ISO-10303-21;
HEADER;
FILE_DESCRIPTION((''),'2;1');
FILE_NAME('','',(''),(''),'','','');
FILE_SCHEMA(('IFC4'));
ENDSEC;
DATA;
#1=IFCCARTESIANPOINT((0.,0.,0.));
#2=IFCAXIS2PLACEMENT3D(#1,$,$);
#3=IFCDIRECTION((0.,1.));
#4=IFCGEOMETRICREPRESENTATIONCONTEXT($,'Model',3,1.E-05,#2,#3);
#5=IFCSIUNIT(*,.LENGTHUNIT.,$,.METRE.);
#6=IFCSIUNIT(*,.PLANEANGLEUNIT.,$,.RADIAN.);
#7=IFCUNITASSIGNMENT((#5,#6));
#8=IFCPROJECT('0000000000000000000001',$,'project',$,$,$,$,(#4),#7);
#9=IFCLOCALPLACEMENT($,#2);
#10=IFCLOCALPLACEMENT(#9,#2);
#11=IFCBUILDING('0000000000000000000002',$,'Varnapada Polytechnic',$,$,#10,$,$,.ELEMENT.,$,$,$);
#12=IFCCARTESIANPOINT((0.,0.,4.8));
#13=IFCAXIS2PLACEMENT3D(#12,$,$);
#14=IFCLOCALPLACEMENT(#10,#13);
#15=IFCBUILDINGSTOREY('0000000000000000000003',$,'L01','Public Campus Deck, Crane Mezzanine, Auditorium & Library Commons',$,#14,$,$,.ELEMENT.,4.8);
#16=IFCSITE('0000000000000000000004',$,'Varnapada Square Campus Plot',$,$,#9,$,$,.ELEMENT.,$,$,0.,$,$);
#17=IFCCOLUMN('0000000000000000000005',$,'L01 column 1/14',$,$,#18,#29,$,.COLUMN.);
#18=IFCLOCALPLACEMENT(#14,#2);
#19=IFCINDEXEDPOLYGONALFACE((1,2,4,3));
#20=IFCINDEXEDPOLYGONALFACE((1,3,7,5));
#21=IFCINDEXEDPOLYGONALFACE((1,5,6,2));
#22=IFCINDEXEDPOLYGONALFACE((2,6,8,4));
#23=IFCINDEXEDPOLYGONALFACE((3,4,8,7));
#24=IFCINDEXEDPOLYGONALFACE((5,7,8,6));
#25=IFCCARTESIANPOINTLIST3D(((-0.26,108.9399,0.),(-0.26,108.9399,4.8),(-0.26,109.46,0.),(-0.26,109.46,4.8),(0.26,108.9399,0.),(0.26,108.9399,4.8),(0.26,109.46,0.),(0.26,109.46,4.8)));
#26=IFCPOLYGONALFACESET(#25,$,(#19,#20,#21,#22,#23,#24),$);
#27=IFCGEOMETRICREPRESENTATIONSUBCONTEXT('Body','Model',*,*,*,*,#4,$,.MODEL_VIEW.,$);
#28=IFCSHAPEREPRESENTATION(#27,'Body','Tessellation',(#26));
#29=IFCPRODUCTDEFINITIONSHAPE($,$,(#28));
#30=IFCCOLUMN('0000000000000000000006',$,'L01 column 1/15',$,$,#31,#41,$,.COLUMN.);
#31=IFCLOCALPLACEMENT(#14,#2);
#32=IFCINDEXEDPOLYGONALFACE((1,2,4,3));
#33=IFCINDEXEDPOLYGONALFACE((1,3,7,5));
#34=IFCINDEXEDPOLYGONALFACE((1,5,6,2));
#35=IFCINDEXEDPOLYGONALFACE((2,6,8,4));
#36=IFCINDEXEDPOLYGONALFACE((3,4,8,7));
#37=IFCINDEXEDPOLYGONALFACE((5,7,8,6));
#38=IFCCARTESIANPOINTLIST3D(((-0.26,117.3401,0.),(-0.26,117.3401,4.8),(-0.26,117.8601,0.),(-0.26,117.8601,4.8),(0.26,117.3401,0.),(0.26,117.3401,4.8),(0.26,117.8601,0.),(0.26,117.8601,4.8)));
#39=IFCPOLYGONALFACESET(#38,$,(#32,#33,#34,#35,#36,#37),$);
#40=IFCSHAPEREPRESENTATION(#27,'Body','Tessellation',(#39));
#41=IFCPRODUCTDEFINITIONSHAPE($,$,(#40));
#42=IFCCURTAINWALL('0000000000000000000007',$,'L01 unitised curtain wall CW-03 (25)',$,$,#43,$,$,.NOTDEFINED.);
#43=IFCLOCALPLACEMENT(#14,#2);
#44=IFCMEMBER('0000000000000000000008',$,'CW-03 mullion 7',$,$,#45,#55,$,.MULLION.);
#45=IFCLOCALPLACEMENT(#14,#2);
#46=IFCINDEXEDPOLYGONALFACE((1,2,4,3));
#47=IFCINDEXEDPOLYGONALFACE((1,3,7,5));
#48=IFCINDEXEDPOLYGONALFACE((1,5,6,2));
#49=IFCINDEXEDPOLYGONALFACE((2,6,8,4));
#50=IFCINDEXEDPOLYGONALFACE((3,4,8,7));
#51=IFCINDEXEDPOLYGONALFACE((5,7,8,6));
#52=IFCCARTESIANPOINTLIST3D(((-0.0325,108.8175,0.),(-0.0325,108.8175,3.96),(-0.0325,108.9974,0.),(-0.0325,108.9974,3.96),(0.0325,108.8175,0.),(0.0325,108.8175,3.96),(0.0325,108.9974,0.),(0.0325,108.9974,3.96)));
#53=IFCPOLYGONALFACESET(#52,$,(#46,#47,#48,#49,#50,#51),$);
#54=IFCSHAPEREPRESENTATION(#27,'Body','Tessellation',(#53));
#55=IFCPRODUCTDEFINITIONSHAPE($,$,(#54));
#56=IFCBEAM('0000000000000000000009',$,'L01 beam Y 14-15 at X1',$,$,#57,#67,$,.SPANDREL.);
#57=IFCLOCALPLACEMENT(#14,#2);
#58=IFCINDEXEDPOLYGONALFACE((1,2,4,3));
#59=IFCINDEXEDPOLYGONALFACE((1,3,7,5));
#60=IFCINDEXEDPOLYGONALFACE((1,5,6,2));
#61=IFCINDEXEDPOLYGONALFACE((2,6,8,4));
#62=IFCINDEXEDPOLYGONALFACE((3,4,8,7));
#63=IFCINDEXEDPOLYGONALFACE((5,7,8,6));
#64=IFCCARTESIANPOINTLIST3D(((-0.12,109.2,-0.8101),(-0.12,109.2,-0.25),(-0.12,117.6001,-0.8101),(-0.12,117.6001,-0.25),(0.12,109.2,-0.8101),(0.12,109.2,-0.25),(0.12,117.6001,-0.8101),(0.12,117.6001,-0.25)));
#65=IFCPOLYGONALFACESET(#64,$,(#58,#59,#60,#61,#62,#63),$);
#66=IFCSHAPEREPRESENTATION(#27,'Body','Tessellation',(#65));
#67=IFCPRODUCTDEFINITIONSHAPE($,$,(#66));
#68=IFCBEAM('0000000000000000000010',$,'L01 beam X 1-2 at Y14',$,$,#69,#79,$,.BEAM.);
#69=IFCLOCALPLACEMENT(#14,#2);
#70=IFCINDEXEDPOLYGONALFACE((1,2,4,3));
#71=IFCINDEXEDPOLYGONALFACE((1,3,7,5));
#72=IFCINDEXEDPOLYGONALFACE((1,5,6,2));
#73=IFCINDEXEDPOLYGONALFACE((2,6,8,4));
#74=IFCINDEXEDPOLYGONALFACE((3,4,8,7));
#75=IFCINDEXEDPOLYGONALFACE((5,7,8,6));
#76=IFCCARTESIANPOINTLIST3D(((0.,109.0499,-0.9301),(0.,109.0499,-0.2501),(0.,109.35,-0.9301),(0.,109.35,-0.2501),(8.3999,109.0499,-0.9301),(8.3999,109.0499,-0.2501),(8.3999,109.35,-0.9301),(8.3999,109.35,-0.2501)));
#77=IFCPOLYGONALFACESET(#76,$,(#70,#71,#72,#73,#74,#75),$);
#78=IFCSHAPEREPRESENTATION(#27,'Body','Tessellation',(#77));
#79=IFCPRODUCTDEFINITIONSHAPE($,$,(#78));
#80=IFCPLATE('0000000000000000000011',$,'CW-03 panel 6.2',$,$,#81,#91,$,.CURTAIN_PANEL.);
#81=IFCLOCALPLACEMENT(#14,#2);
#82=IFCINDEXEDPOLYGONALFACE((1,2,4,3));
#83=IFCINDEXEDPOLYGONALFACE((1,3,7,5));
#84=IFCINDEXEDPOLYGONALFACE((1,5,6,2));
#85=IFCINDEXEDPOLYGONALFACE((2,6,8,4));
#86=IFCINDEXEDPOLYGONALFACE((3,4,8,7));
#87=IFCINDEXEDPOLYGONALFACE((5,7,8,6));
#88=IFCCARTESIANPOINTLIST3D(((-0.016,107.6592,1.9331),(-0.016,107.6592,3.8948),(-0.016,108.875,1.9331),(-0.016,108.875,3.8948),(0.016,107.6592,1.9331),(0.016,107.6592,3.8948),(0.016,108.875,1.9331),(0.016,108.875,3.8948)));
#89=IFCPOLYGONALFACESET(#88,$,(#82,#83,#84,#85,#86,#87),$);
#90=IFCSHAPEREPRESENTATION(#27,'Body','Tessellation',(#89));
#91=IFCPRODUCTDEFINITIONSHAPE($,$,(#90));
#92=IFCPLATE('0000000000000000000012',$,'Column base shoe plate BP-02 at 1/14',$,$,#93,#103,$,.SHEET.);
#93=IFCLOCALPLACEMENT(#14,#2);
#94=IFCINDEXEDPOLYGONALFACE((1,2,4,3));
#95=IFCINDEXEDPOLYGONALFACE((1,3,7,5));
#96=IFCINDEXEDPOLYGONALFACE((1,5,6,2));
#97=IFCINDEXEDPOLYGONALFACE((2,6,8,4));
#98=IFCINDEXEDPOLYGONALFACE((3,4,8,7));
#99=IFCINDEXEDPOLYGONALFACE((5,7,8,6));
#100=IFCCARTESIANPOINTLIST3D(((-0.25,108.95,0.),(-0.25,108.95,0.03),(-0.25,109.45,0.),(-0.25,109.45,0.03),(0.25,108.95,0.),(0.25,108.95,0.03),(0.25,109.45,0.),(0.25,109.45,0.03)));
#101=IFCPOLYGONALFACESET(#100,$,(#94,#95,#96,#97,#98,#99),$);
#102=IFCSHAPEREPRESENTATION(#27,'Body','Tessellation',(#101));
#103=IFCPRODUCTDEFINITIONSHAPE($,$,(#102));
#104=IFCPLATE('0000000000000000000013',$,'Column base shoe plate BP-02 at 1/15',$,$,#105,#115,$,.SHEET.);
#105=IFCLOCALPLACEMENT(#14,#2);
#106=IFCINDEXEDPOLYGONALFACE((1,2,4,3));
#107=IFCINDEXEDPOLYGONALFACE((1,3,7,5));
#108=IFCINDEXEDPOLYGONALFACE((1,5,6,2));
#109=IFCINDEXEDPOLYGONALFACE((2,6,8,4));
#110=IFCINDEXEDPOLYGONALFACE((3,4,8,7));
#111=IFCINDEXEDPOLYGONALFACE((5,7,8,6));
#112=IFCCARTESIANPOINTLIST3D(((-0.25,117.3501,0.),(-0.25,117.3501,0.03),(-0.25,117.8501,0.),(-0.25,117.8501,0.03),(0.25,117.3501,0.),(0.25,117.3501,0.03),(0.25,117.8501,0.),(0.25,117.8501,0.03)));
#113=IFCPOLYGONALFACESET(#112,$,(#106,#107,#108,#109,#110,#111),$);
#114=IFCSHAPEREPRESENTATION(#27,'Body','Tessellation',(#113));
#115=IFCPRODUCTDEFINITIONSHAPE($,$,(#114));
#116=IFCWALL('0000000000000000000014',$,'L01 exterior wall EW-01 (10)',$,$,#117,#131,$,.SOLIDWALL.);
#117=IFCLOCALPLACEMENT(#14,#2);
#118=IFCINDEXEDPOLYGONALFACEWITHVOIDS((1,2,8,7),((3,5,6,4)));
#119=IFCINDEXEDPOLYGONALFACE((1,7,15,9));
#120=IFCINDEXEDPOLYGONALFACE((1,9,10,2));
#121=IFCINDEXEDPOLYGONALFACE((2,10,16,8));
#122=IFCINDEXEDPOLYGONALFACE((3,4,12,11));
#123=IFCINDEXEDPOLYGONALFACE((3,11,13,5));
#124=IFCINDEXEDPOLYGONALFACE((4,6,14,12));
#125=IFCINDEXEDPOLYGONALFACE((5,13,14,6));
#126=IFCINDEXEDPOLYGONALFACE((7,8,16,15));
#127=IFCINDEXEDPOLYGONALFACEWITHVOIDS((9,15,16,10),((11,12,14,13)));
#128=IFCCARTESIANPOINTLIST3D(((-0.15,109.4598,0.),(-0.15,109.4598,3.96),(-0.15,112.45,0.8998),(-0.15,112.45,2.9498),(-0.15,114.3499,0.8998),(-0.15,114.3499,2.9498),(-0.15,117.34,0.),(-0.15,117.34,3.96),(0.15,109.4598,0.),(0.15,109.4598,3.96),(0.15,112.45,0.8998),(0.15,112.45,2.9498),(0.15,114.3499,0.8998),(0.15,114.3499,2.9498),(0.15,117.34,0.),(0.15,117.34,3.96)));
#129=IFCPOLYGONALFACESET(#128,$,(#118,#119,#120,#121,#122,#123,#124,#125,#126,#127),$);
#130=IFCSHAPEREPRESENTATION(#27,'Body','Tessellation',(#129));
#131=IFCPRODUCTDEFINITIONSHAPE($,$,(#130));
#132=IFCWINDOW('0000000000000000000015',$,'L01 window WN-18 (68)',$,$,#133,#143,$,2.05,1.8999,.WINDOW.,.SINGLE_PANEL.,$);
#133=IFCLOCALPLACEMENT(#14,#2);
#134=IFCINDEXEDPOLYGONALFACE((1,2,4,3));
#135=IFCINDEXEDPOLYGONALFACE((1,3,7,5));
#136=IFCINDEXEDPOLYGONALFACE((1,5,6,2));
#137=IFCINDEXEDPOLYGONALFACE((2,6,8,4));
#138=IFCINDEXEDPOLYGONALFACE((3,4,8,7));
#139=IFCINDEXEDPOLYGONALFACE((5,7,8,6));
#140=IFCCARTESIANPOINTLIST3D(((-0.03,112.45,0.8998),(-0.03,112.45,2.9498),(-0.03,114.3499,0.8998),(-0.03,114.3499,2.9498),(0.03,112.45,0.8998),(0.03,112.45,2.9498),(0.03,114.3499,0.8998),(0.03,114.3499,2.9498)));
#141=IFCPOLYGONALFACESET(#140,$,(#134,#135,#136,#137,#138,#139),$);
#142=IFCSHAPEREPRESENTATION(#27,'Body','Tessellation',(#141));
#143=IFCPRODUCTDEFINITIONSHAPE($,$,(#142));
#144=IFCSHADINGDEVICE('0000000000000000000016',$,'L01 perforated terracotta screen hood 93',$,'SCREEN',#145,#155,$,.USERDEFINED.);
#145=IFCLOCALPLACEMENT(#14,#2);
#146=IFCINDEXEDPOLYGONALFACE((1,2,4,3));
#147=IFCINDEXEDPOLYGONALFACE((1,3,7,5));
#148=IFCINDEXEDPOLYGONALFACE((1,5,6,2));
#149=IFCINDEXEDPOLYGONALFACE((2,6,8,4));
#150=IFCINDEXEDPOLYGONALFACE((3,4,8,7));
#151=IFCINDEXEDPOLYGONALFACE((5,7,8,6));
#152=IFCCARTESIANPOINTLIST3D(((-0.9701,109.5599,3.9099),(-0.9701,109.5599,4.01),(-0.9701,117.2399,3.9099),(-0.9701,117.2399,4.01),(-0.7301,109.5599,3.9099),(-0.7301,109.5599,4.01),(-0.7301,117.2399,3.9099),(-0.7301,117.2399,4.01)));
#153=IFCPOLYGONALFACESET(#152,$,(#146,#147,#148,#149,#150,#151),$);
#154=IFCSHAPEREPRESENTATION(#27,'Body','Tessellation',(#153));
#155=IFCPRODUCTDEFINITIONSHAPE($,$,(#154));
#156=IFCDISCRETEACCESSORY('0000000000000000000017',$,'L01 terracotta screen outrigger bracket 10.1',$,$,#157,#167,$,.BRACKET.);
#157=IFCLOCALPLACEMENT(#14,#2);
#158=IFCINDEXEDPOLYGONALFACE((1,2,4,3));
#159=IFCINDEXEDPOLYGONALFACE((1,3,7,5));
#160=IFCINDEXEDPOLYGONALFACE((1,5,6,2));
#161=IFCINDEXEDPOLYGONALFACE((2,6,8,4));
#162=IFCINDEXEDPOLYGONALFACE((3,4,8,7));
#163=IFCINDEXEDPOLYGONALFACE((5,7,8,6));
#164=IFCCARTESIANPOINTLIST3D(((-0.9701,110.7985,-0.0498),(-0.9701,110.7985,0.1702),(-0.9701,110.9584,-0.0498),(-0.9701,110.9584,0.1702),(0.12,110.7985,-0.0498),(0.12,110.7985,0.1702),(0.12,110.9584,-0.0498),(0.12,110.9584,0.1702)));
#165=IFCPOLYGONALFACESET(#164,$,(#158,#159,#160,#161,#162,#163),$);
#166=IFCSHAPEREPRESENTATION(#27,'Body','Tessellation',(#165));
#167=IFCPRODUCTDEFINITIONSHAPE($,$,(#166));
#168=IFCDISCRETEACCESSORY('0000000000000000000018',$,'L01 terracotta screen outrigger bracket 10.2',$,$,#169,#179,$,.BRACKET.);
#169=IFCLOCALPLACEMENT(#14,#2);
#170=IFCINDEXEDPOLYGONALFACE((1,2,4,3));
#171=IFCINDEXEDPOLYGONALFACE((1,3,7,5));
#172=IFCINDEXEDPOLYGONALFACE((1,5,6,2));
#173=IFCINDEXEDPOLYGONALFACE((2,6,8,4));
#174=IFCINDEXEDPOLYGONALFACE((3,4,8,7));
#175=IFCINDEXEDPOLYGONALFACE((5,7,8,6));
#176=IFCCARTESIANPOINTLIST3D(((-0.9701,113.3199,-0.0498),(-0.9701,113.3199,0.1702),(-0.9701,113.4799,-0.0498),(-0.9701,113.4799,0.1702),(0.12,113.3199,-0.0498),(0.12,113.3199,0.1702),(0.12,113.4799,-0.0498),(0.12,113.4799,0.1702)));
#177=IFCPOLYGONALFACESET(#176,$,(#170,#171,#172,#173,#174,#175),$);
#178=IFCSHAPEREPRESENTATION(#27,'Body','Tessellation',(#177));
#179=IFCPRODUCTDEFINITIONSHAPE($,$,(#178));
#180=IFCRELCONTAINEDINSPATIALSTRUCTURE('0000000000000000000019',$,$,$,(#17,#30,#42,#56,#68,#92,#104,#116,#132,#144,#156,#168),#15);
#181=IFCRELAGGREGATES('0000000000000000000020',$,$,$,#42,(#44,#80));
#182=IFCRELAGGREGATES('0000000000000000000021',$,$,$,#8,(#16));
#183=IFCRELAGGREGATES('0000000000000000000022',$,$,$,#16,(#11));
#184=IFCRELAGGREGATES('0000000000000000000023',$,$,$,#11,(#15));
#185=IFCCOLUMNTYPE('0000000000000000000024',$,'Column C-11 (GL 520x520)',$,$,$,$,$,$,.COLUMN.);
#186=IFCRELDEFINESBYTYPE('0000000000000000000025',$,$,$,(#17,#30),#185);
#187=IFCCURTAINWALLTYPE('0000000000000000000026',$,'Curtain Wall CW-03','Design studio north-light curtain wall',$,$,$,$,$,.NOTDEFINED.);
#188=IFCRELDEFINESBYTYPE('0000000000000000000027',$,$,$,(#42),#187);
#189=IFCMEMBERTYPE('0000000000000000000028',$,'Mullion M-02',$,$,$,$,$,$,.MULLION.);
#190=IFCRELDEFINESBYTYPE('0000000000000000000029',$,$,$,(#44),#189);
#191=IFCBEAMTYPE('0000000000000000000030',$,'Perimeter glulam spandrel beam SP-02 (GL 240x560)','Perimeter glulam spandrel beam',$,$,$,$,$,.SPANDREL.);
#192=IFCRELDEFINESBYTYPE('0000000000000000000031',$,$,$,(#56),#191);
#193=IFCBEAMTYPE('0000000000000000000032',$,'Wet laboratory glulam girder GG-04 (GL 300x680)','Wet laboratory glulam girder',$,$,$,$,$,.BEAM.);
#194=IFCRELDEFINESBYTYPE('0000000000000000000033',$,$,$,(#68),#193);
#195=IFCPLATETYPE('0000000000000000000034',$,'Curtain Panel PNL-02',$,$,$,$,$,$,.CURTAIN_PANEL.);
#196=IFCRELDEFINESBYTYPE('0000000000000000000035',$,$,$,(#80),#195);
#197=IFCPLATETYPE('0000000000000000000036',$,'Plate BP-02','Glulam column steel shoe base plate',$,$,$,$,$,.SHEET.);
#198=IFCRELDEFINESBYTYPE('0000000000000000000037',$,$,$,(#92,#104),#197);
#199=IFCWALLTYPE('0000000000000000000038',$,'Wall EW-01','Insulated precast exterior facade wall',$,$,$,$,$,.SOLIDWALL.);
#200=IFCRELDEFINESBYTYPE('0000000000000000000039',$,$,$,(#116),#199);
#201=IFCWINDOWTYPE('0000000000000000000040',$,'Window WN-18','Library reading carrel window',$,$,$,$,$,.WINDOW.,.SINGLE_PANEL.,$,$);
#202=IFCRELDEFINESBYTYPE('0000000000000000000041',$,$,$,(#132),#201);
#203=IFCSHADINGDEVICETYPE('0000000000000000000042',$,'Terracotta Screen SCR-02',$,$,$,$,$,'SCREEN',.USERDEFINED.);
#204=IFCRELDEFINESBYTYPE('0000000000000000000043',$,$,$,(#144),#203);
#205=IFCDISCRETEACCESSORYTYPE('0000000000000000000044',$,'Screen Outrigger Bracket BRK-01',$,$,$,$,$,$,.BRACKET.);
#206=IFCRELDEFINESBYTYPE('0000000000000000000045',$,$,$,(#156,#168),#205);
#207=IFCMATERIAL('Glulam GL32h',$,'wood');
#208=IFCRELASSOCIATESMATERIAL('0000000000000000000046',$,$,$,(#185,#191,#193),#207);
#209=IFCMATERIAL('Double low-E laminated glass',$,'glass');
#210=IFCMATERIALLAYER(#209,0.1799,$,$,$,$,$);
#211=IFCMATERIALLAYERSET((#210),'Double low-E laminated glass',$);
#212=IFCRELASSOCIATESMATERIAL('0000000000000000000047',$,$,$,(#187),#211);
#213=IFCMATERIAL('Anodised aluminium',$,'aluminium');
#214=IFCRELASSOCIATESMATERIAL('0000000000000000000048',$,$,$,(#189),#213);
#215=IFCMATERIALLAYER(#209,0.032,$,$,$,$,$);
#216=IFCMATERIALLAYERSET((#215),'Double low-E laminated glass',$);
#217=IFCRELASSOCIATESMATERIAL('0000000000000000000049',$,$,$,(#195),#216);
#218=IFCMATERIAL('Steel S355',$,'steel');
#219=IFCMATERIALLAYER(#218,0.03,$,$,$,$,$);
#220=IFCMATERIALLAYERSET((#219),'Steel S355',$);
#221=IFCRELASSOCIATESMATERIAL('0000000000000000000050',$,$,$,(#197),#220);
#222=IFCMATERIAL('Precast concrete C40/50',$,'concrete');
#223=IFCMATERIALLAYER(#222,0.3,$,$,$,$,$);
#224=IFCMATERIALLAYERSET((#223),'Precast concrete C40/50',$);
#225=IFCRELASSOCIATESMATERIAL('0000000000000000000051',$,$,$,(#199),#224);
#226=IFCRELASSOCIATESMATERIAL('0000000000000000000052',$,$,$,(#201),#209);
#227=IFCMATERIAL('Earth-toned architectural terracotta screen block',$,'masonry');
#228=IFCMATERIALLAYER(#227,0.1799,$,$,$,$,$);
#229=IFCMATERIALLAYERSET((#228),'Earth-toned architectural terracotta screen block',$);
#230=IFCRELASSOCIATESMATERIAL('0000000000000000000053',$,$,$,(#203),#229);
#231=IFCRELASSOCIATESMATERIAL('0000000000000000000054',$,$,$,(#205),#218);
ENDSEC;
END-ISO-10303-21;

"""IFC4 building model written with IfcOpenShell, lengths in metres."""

from ifc_helpers import new_model, si_unit, direction, frame, frame_2d, origin, origin_2d, place, context, subcontext, project, spatial, rectangle, extrude, material, layer, layer_set, material_profile, profile_set, type_object, element, fill, aggregate, save


model = new_model("IFC4")

# Units and contexts
model_context = context("Model", 3, precision=1e-05, world=origin(), true_north=direction((0.0, 1.0)))
body_context = subcontext(model_context, "Body", "Model", "MODEL_VIEW")
ifc_project = project(units=[si_unit("LENGTHUNIT", "METRE"), si_unit("PLANEANGLEUNIT", "RADIAN")], contexts=[model_context])

# Site, building, storey
site_placement = place(None, origin())
site = spatial("IfcSite", under=ifc_project, at=site_placement, Name="Varnapada Square Campus Plot", CompositionType="ELEMENT", RefElevation=0.0)
building_placement = place(site_placement, origin())
building = spatial("IfcBuilding", under=site, at=building_placement, Name="Varnapada Polytechnic", CompositionType="ELEMENT")
storey_placement = place(building_placement, frame((0.0, 0.0, 4.8)))
storey = spatial("IfcBuildingStorey", under=building, at=storey_placement, Name="L01", Description="Public Campus Deck, Crane Mezzanine, Auditorium & Library Commons", CompositionType="ELEMENT", Elevation=4.8)

# Columns
ifc_material_1 = material(Name="Glulam GL32h", Category="wood")
ifc_material_profile_1 = material_profile(ifc_material_1, rectangle(XDim=0.52, YDim=0.52, at=origin_2d()), Name="GL 520x520")
ifc_profile_set_1 = profile_set([ifc_material_profile_1], Name="Glulam GL32h")
column_type = type_object("IfcColumnType", Name="Column C-11 (GL 520x520)", PredefinedType="COLUMN", material=ifc_profile_set_1)
for number, where, z_axis, x_axis, name in (
    (1, (0.0, 109.2, 0.0), (0.0, 0.0, 1.0), (1.0, 0.0, 0.0), "L01 column 1/14"),
    (2, (0.0, 117.6001, 0.0), (0.0, 0.0, 1.0), (1.0, 0.0, 0.0), "L01 column 1/15"),
):
    element("IfcColumn", number, at=place(storey_placement, frame(where, z_axis=z_axis, x_axis=x_axis)), inside=storey, type_object=column_type, Name=name, PredefinedType="COLUMN", context=body_context, shape_type="SweptSolid", body=[
        extrude(rectangle(XDim=0.52, YDim=0.52, at=origin_2d()), origin(), (0.0, 0.0, 1.0), 4.8),
    ])

# Curtain wall, member
ifc_material_2 = material(Name="Double low-E laminated glass", Category="glass")
ifc_layer_1 = layer(ifc_material_2, 0.1799)
ifc_layer_set_1 = layer_set([ifc_layer_1], Name="Double low-E laminated glass")
curtain_wall_type = type_object("IfcCurtainWallType", Name="Curtain Wall CW-03", Description="Design studio north-light curtain wall", PredefinedType="NOTDEFINED", material=ifc_layer_set_1)
curtain_wall_placement = place(storey_placement, origin())
curtain_wall = element("IfcCurtainWall", 3, at=curtain_wall_placement, inside=storey, type_object=curtain_wall_type, Name="L01 unitised curtain wall CW-03 (25)", PredefinedType="NOTDEFINED")
ifc_material_3 = material(Name="Anodised aluminium", Category="aluminium")
ifc_material_profile_2 = material_profile(ifc_material_3, rectangle(XDim=0.0649, YDim=0.1799, at=origin_2d()), Name="ALU M65x180")
ifc_profile_set_2 = profile_set([ifc_material_profile_2], Name="Anodised aluminium")
member_type = type_object("IfcMemberType", Name="Mullion M-02", PredefinedType="MULLION", material=ifc_profile_set_2)
member_placement = place(storey_placement, frame((0.0, 108.9075, 0.0), z_axis=(0.0, 0.0, 1.0), x_axis=(-1.0, 0.0, 0.0)))
member = element("IfcMember", 4, at=member_placement, type_object=member_type, Name="CW-03 mullion 7", PredefinedType="MULLION", context=body_context, shape_type="SweptSolid", body=[
    extrude(rectangle(XDim=0.0649, YDim=0.1799, at=origin_2d()), origin(), (0.0, 0.0, 1.0), 3.96),
])

# Beams
ifc_material_profile_3 = material_profile(ifc_material_1, rectangle(XDim=0.24, YDim=0.5601, at=origin_2d()), Name="GL 240x560")
ifc_profile_set_3 = profile_set([ifc_material_profile_3], Name="Glulam GL32h")
beam_type_1 = type_object("IfcBeamType", Name="Perimeter glulam spandrel beam SP-02 (GL 240x560)", Description="Perimeter glulam spandrel beam", PredefinedType="SPANDREL", material=ifc_profile_set_3)
beam_1_placement = place(storey_placement, frame((0.0, 109.2, -0.53), z_axis=(0.0, 1.0, 0.0), x_axis=(-1.0, 0.0, 0.0)))
element("IfcBeam", 5, at=beam_1_placement, inside=storey, type_object=beam_type_1, Name="L01 beam Y 14-15 at X1", PredefinedType="SPANDREL", context=body_context, shape_type="SweptSolid", body=[
    extrude(rectangle(XDim=0.24, YDim=0.5601, at=origin_2d()), origin(), (0.0, 0.0, 1.0), 8.4001),
])
ifc_material_profile_4 = material_profile(ifc_material_1, rectangle(XDim=0.3, YDim=0.6799, at=origin_2d()), Name="GL 300x680")
ifc_profile_set_4 = profile_set([ifc_material_profile_4], Name="Glulam GL32h")
beam_type_2 = type_object("IfcBeamType", Name="Wet laboratory glulam girder GG-04 (GL 300x680)", Description="Wet laboratory glulam girder", PredefinedType="BEAM", material=ifc_profile_set_4)
beam_2_placement = place(storey_placement, frame((0.0, 109.2, -0.5901), z_axis=(1.0, 0.0, 0.0), x_axis=(0.0, 1.0, 0.0)))
element("IfcBeam", 6, at=beam_2_placement, inside=storey, type_object=beam_type_2, Name="L01 beam X 1-2 at Y14", PredefinedType="BEAM", context=body_context, shape_type="SweptSolid", body=[
    extrude(rectangle(XDim=0.3, YDim=0.6799, at=origin_2d()), origin(), (0.0, 0.0, 1.0), 8.3999),
])

# Plate
ifc_layer_2 = layer(ifc_material_2, 0.032)
ifc_layer_set_2 = layer_set([ifc_layer_2], Name="Double low-E laminated glass")
plate_type_1 = type_object("IfcPlateType", Name="Curtain Panel PNL-02", PredefinedType="CURTAIN_PANEL", material=ifc_layer_set_2)
plate_placement = place(storey_placement, frame((0.0, 108.2671, 1.9331), z_axis=(0.0, 0.0, 1.0), x_axis=(0.0, 1.0, 0.0)))
plate = element("IfcPlate", 7, at=plate_placement, type_object=plate_type_1, Name="CW-03 panel 6.2", PredefinedType="CURTAIN_PANEL", context=body_context, shape_type="SweptSolid", body=[
    extrude(rectangle(XDim=1.2158, YDim=0.032, at=origin_2d()), origin(), (0.0, 0.0, 1.0), 1.9617),
])
aggregate(curtain_wall, [member, plate])

# Plates
ifc_material_4 = material(Name="Steel S355", Category="steel")
ifc_layer_3 = layer(ifc_material_4, 0.03)
ifc_layer_set_3 = layer_set([ifc_layer_3], Name="Steel S355")
plate_type_2 = type_object("IfcPlateType", Name="Plate BP-02", Description="Glulam column steel shoe base plate", PredefinedType="SHEET", material=ifc_layer_set_3)
for number, where, z_axis, x_axis, name in (
    (8, (0.0, 109.2, 0.0), (0.0, 0.0, 1.0), (1.0, 0.0, 0.0), "Column base shoe plate BP-02 at 1/14"),
    (9, (0.0, 117.6001, 0.0), (0.0, 0.0, 1.0), (1.0, 0.0, 0.0), "Column base shoe plate BP-02 at 1/15"),
):
    element("IfcPlate", number, at=place(storey_placement, frame(where, z_axis=z_axis, x_axis=x_axis)), inside=storey, type_object=plate_type_2, Name=name, PredefinedType="SHEET", context=body_context, shape_type="SweptSolid", body=[
        extrude(rectangle(XDim=0.5, YDim=0.5, at=origin_2d()), origin(), (0.0, 0.0, 1.0), 0.03),
    ])

# Wall, opening, window
ifc_material_5 = material(Name="Precast concrete C40/50", Category="concrete")
ifc_layer_4 = layer(ifc_material_5, 0.3)
ifc_layer_set_4 = layer_set([ifc_layer_4], Name="Precast concrete C40/50")
wall_type = type_object("IfcWallType", Name="Wall EW-01", Description="Insulated precast exterior facade wall", PredefinedType="SOLIDWALL", material=ifc_layer_set_4)
wall_placement = place(storey_placement, frame((0.0, 109.46, 0.0), z_axis=(0.0, 0.0, 1.0), x_axis=(0.0, 1.0, 0.0)))
wall = element("IfcWall", 10, at=wall_placement, inside=storey, type_object=wall_type, Name="L01 exterior wall EW-01 (10)", PredefinedType="SOLIDWALL", context=body_context, shape_type="SweptSolid", body=[
    extrude(rectangle(XDim=7.8801, YDim=0.3, at=frame_2d((3.9399, 0.0))), origin(), (0.0, 0.0, 1.0), 3.96),
])
opening_1_placement = place(wall_placement, frame((2.99, 0.0, 0.8999)))
opening_1 = element("IfcOpeningElement", 11, at=opening_1_placement, cuts=wall, PredefinedType="OPENING", context=body_context, shape_type="SweptSolid", body=[
    extrude(rectangle(XDim=1.8999, YDim=2.05, at=frame_2d((0.95, 1.0249))), frame((0.0, 0.1599, 0.0), z_axis=(0.0, -1.0, 0.0), x_axis=(1.0, 0.0, 0.0)), (0.0, 0.0, 1.0), 0.3201),
])
window_type = type_object("IfcWindowType", Name="Window WN-18", Description="Library reading carrel window", PartitioningType="SINGLE_PANEL", PredefinedType="WINDOW", material=ifc_material_2)
window_placement = place(opening_1_placement, origin())
window = element("IfcWindow", 12, at=window_placement, inside=storey, type_object=window_type, Name="L01 window WN-18 (68)", OverallHeight=2.05, OverallWidth=1.8999, PartitioningType="SINGLE_PANEL", PredefinedType="WINDOW", context=body_context, shape_type="SweptSolid", body=[
    extrude(rectangle(XDim=1.8999, YDim=2.05, at=frame_2d((0.95, 1.0249))), frame((0.0, 0.03, 0.0), z_axis=(0.0, -1.0, 0.0), x_axis=(1.0, 0.0, 0.0)), (0.0, 0.0, 1.0), 0.0601),
])
fill(opening_1, window)

# Shared definitions
ifc_material_6 = material(Name="Earth-toned architectural terracotta screen block", Category="masonry")

# Shading device
ifc_layer_5 = layer(ifc_material_6, 0.1799)
ifc_layer_set_5 = layer_set([ifc_layer_5], Name="Earth-toned architectural terracotta screen block")
shading_device_type = type_object("IfcShadingDeviceType", Name="Terracotta Screen SCR-02", ElementType="SCREEN", PredefinedType="USERDEFINED", material=ifc_layer_set_5)
shading_device_placement = place(storey_placement, frame((-0.8501, 113.3999, 3.9099), z_axis=(0.0, 0.0, 1.0), x_axis=(0.0, 1.0, 0.0)))
element("IfcShadingDevice", 13, at=shading_device_placement, inside=storey, type_object=shading_device_type, Name="L01 perforated terracotta screen hood 93", ObjectType="SCREEN", PredefinedType="USERDEFINED", context=body_context, shape_type="SweptSolid", body=[
    extrude(rectangle(XDim=7.6799, YDim=0.24, at=origin_2d()), origin(), (0.0, 0.0, 1.0), 0.1001),
])

# Discrete accessories
discrete_accessory_type = type_object("IfcDiscreteAccessoryType", Name="Screen Outrigger Bracket BRK-01", PredefinedType="BRACKET", material=ifc_material_4)
for number, where, z_axis, x_axis, name in (
    (14, (-0.425, 110.8784, -0.0498), (0.0, 0.0, 1.0), (0.0, 1.0, 0.0), "L01 terracotta screen outrigger bracket 10.1"),
    (15, (-0.425, 113.3999, -0.0498), (0.0, 0.0, 1.0), (0.0, 1.0, 0.0), "L01 terracotta screen outrigger bracket 10.2"),
):
    element("IfcDiscreteAccessory", number, at=place(storey_placement, frame(where, z_axis=z_axis, x_axis=x_axis)), inside=storey, type_object=discrete_accessory_type, Name=name, PredefinedType="BRACKET", context=body_context, shape_type="SweptSolid", body=[
        extrude(rectangle(XDim=0.1599, YDim=1.0901, at=origin_2d()), origin(), (0.0, 0.0, 1.0), 0.22),
    ])

save(model, "model.ifc")
